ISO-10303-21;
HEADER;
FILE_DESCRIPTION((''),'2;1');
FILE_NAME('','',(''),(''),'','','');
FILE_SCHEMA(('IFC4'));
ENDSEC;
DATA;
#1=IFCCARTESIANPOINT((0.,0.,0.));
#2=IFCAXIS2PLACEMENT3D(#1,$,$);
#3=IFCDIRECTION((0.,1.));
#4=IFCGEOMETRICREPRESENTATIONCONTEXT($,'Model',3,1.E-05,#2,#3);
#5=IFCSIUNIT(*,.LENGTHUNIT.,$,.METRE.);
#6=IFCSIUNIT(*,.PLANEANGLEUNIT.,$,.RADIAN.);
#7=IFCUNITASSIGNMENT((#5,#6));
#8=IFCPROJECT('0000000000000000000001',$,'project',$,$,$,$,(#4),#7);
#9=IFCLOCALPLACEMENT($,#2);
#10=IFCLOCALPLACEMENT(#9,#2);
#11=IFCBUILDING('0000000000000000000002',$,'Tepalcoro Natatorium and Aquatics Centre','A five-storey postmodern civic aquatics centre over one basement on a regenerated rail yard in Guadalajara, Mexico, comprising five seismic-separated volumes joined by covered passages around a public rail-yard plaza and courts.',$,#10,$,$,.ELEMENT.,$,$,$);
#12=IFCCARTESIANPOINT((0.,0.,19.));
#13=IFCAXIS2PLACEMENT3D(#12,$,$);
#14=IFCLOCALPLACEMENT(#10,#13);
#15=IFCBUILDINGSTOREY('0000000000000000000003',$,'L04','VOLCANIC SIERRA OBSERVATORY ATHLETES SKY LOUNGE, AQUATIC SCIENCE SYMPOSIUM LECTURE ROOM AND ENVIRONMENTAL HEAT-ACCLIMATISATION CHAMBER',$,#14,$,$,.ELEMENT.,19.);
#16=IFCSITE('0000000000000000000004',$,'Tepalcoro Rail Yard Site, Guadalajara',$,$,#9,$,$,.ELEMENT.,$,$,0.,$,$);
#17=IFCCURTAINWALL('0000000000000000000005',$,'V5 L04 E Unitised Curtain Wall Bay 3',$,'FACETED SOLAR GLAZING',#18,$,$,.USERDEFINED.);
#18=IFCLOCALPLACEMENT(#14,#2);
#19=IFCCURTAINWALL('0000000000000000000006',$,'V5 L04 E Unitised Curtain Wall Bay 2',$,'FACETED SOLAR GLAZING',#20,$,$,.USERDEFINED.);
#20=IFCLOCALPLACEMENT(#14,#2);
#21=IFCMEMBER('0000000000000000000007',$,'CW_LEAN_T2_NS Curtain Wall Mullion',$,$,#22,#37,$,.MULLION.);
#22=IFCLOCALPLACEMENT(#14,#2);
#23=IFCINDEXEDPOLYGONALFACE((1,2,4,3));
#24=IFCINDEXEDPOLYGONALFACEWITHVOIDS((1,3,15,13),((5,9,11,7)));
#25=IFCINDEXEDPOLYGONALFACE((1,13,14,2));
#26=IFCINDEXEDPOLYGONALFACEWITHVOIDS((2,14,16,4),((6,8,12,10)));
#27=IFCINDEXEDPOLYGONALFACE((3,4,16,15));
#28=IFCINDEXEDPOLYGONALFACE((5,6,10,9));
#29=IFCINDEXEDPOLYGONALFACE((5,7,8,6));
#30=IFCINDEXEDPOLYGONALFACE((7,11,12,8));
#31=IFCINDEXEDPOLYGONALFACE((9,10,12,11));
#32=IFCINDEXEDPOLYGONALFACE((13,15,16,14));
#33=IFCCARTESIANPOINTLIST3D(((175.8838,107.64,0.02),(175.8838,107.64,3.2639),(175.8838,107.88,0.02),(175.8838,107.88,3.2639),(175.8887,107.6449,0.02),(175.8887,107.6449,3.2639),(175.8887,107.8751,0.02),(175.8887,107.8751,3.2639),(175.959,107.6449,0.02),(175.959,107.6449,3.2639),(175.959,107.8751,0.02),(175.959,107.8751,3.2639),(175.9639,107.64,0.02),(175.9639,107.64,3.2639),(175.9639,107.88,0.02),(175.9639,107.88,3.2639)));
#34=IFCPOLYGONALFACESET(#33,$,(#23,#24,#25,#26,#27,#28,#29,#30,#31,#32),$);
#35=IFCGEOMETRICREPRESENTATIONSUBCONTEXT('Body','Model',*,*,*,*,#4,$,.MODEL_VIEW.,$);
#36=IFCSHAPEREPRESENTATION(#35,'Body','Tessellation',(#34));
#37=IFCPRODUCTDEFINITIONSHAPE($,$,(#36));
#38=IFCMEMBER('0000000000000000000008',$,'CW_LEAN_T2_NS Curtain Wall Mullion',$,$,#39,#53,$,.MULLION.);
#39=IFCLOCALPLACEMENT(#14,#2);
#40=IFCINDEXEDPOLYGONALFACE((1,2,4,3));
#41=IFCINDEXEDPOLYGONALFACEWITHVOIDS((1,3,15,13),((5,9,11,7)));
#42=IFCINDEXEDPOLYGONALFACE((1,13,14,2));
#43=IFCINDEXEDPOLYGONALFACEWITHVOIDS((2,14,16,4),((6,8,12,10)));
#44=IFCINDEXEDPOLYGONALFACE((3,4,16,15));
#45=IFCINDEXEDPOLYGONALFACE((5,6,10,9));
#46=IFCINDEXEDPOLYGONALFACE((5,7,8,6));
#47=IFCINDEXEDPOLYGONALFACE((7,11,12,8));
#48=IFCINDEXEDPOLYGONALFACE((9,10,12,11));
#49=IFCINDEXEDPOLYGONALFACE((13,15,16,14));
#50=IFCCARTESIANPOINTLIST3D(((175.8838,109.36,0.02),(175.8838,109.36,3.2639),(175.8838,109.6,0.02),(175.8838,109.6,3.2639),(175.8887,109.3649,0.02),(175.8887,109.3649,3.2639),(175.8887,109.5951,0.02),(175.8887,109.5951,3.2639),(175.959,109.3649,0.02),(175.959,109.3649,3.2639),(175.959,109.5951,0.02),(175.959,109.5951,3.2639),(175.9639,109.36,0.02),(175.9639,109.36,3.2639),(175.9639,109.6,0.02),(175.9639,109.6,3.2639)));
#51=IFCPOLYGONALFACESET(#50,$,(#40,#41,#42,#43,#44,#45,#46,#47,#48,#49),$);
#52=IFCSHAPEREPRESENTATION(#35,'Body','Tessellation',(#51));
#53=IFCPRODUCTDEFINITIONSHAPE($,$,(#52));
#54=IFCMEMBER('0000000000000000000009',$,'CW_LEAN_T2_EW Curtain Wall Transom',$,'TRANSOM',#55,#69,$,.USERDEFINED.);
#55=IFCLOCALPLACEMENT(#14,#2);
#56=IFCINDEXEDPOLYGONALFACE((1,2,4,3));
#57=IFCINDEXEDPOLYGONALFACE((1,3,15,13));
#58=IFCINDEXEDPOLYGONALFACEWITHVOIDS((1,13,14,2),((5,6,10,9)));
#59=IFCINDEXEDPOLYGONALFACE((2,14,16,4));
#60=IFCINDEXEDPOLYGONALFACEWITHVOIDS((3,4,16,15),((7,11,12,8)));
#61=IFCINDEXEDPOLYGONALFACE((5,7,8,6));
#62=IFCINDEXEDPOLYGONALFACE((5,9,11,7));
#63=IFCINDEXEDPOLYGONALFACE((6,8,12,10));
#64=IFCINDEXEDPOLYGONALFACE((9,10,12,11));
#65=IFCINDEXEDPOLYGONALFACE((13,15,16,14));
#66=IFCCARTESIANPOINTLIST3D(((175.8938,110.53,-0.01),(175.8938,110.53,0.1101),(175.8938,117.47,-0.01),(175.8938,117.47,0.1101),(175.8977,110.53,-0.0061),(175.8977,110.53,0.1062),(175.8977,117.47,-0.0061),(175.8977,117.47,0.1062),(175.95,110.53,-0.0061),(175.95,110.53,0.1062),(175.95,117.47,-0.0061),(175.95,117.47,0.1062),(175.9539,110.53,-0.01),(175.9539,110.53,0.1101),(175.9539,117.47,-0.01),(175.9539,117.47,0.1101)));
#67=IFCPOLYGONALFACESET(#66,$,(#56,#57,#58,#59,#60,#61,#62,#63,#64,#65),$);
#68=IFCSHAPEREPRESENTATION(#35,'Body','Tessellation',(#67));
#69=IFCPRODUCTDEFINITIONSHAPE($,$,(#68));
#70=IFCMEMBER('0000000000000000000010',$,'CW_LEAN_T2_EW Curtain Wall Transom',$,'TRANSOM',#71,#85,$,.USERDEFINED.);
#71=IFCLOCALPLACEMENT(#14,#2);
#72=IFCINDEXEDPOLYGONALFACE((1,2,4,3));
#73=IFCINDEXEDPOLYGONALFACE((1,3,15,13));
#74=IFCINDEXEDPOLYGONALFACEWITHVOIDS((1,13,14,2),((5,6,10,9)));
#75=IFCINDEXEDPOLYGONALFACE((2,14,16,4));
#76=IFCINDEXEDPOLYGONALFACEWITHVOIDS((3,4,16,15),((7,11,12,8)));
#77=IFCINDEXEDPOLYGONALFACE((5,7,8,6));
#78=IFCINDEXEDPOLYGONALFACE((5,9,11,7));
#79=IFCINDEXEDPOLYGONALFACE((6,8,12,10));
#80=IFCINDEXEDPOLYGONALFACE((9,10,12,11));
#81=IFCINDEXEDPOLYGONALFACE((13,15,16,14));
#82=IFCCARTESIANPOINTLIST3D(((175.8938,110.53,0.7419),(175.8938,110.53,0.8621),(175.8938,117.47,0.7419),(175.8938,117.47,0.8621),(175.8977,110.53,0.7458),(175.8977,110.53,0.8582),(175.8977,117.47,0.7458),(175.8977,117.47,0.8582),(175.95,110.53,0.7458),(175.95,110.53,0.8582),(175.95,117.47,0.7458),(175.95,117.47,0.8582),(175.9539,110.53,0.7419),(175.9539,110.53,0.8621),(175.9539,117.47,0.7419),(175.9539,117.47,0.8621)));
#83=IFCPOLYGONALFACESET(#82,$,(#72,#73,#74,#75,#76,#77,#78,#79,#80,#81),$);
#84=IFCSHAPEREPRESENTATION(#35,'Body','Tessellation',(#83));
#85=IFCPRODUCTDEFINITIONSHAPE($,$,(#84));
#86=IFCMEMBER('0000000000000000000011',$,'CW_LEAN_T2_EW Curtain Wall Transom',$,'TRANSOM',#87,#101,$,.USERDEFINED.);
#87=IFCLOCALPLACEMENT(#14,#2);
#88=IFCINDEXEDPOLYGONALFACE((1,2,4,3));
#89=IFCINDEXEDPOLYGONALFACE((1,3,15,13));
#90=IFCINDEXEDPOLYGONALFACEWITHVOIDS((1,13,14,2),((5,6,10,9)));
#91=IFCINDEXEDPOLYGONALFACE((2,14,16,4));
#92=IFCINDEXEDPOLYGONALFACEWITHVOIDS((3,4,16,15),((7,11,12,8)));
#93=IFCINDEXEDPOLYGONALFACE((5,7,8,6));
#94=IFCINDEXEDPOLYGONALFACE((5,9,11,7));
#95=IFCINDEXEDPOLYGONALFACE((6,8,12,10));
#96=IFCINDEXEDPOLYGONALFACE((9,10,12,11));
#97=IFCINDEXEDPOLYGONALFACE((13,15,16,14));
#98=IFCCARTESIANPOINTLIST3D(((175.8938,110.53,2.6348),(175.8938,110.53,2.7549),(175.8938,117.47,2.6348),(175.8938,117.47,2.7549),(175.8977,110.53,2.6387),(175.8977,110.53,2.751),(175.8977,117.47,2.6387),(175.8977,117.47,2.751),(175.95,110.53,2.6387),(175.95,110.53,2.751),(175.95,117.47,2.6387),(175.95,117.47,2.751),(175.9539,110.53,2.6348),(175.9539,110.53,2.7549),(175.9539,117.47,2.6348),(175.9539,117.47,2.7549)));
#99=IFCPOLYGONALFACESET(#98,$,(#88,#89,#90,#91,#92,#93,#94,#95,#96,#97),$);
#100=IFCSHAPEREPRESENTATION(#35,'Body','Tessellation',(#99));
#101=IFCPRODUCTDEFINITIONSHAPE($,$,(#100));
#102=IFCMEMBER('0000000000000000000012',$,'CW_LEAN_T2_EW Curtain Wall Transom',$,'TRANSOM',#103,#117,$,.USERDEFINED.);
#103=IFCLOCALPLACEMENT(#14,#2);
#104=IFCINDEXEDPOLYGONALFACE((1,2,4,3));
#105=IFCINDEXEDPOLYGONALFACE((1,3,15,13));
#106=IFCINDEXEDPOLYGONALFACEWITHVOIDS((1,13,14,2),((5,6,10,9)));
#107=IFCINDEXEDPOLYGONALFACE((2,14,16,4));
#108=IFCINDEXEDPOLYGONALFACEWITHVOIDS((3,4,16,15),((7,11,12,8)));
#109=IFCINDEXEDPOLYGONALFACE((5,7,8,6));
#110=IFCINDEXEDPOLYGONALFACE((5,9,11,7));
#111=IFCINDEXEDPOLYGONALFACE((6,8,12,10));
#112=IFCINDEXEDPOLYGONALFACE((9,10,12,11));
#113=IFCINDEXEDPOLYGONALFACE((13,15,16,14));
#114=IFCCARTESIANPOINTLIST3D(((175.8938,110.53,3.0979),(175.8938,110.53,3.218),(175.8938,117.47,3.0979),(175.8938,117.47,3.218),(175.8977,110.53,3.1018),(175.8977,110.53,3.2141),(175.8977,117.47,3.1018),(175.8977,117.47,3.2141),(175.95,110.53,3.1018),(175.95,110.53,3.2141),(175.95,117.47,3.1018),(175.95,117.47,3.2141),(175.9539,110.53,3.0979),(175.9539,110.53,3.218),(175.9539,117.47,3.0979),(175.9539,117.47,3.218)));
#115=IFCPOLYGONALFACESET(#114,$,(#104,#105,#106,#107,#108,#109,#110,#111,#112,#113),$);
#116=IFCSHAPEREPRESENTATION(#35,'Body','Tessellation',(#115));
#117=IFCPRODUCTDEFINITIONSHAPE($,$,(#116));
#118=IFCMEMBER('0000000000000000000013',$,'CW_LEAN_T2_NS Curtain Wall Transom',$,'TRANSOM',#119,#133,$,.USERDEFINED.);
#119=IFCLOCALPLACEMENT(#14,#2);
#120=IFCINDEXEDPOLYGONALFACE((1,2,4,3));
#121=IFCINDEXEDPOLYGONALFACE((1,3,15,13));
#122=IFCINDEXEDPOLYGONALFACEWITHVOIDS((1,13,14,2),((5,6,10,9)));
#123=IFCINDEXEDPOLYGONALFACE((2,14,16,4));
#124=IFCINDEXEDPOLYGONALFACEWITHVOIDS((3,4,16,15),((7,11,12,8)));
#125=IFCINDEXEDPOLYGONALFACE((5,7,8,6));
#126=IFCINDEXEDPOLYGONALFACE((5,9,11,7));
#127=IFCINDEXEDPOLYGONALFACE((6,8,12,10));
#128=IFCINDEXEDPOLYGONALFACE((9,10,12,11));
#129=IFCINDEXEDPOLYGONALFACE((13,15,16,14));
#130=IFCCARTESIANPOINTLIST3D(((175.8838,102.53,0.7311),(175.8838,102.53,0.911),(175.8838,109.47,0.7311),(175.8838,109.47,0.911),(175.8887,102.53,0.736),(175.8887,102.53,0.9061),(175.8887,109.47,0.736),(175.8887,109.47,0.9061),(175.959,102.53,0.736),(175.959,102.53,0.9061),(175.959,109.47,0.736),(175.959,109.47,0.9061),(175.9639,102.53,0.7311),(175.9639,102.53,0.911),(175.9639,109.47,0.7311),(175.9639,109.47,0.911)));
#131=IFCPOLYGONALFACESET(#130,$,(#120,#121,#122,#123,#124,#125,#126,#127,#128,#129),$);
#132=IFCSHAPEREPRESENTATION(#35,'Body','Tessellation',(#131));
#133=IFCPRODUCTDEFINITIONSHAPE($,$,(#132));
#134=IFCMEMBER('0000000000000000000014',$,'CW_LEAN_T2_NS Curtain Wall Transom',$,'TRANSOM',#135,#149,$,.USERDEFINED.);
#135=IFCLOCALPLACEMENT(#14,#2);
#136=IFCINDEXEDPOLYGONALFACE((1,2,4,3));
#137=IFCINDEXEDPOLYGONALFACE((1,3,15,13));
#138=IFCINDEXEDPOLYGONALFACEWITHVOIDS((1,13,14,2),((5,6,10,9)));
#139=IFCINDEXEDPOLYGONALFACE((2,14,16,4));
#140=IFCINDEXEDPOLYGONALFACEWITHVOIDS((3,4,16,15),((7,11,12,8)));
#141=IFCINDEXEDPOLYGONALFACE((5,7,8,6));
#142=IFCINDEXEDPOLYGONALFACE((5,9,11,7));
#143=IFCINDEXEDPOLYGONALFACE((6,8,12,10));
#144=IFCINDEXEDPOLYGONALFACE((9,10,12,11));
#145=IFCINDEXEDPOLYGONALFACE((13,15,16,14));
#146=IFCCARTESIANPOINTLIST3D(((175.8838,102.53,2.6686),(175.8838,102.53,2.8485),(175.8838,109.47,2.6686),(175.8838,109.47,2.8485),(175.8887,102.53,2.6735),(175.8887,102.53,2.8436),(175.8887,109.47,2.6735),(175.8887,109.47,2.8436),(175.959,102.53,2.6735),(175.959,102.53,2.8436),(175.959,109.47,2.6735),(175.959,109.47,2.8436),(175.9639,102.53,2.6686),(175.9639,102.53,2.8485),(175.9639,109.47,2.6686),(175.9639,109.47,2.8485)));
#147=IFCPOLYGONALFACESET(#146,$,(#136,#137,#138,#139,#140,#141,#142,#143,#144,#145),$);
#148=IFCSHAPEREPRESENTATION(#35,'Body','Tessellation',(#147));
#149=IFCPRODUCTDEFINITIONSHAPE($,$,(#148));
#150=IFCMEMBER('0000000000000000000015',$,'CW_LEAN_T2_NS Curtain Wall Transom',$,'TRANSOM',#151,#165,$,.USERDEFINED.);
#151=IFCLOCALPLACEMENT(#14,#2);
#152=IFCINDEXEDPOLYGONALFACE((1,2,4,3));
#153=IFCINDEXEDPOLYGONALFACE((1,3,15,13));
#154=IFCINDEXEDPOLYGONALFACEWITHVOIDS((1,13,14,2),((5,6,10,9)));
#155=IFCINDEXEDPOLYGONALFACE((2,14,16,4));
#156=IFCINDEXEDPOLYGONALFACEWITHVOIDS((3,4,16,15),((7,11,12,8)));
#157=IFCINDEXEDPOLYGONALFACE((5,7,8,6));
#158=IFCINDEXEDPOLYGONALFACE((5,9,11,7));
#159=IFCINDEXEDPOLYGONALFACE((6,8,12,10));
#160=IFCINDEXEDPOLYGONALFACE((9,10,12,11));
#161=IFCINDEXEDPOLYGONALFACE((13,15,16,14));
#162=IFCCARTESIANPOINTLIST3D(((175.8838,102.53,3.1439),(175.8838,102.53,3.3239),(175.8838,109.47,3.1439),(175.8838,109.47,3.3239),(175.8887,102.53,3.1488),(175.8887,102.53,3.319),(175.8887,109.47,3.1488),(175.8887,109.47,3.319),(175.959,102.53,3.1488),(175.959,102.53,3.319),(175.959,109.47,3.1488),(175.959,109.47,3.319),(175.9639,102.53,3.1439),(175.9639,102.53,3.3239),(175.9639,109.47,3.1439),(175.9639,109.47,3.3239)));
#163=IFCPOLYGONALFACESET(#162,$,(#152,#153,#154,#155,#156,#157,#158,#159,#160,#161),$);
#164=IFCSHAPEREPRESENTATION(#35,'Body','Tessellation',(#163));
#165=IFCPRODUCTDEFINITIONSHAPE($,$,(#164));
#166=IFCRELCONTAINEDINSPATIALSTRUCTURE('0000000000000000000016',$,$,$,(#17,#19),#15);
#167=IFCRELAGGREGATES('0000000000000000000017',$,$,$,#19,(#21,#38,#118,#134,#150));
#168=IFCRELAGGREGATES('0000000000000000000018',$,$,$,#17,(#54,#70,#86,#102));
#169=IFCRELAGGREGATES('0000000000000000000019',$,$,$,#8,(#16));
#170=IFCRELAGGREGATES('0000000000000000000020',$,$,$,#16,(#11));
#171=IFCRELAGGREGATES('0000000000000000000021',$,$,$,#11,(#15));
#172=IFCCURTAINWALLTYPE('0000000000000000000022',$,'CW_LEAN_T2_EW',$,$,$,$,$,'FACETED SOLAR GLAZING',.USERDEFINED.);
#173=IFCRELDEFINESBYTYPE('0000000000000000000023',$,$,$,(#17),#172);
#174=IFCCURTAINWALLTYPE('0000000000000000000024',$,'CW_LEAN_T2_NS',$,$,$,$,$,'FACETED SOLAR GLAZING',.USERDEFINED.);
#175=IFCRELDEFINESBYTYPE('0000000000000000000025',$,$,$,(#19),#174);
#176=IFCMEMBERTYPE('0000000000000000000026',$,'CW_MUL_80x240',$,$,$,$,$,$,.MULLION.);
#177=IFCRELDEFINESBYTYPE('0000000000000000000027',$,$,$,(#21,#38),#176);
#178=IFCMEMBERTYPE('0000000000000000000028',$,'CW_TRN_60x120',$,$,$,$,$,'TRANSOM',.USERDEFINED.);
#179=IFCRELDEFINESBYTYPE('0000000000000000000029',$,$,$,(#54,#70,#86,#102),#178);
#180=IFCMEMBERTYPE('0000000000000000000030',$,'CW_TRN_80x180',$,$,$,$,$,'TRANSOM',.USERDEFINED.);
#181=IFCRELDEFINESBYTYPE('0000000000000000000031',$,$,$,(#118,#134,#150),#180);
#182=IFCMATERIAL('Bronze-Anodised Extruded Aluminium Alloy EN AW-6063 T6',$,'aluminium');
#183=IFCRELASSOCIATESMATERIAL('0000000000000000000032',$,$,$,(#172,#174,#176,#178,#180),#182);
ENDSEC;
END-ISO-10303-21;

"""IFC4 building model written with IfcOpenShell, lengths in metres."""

from ifc_helpers import new_model, si_unit, direction, frame, origin, origin_2d, place, context, subcontext, project, spatial, hollow_rectangle, extrude, material, material_profile, profile_set, type_object, element, aggregate, save


model = new_model("IFC4")

# Units and contexts
model_context = context("Model", 3, precision=1e-05, world=origin(), true_north=direction((0.0, 1.0)))
body_context = subcontext(model_context, "Body", "Model", "MODEL_VIEW")
ifc_project = project(units=[si_unit("LENGTHUNIT", "METRE"), si_unit("PLANEANGLEUNIT", "RADIAN")], contexts=[model_context])

# Site, building, storey
site_placement = place(None, origin())
site = spatial("IfcSite", under=ifc_project, at=site_placement, Name="Tepalcoro Rail Yard Site, Guadalajara", CompositionType="ELEMENT", RefElevation=0.0)
building_placement = place(site_placement, origin())
building = spatial("IfcBuilding", under=site, at=building_placement, Name="Tepalcoro Natatorium and Aquatics Centre", Description="A five-storey postmodern civic aquatics centre over one basement on a regenerated rail yard in Guadalajara, Mexico, comprising five seismic-separated volumes joined by covered passages around a public rail-yard plaza and courts.", CompositionType="ELEMENT")
storey_placement = place(building_placement, frame((0.0, 0.0, 19.0)))
storey = spatial("IfcBuildingStorey", under=building, at=storey_placement, Name="L04", Description="VOLCANIC SIERRA OBSERVATORY ATHLETES SKY LOUNGE, AQUATIC SCIENCE SYMPOSIUM LECTURE ROOM AND ENVIRONMENTAL HEAT-ACCLIMATISATION CHAMBER", CompositionType="ELEMENT", Elevation=19.0)

# Curtain wall
ifc_material_1 = material(Name="Bronze-Anodised Extruded Aluminium Alloy EN AW-6063 T6", Category="aluminium")
curtain_wall_type_1 = type_object("IfcCurtainWallType", Name="CW_LEAN_T2_EW", ElementType="FACETED SOLAR GLAZING", PredefinedType="USERDEFINED", material=ifc_material_1)
curtain_wall_1_placement = place(storey_placement, origin())
curtain_wall_1 = element("IfcCurtainWall", 1, at=curtain_wall_1_placement, inside=storey, type_object=curtain_wall_type_1, Name="V5 L04 E Unitised Curtain Wall Bay 3", ObjectType="FACETED SOLAR GLAZING", PredefinedType="USERDEFINED")

# Curtain wall, members
curtain_wall_type_2 = type_object("IfcCurtainWallType", Name="CW_LEAN_T2_NS", ElementType="FACETED SOLAR GLAZING", PredefinedType="USERDEFINED", material=ifc_material_1)
curtain_wall_2_placement = place(storey_placement, origin())
curtain_wall_2 = element("IfcCurtainWall", 2, at=curtain_wall_2_placement, inside=storey, type_object=curtain_wall_type_2, Name="V5 L04 E Unitised Curtain Wall Bay 2", ObjectType="FACETED SOLAR GLAZING", PredefinedType="USERDEFINED")
ifc_material_profile_1 = material_profile(ifc_material_1, hollow_rectangle(XDim=0.0801, YDim=0.24, WallThickness=0.0049, at=origin_2d()), Name="AL80X240X5")
ifc_profile_set_1 = profile_set([ifc_material_profile_1], Name="Bronze-Anodised Extruded Aluminium Alloy EN AW-6063 T6")
member_type_1 = type_object("IfcMemberType", Name="CW_MUL_80x240", PredefinedType="MULLION", material=ifc_profile_set_1)
member_1_placement = place(storey_placement, frame((175.9238, 107.76, 0.02), z_axis=(0.0, 0.0, 1.0), x_axis=(1.0, 0.0, 0.0)))
member_1 = element("IfcMember", 3, at=member_1_placement, type_object=member_type_1, Name="CW_LEAN_T2_NS Curtain Wall Mullion", PredefinedType="MULLION", context=body_context, shape_type="SweptSolid", body=[
    extrude(hollow_rectangle(XDim=0.0801, YDim=0.24, WallThickness=0.0049, at=origin_2d()), origin(), (0.0, 0.0, 1.0), 3.2439),
])
member_2_placement = place(storey_placement, frame((175.9238, 109.48, 0.02), z_axis=(0.0, 0.0, 1.0), x_axis=(1.0, 0.0, 0.0)))
member_2 = element("IfcMember", 4, at=member_2_placement, type_object=member_type_1, Name="CW_LEAN_T2_NS Curtain Wall Mullion", PredefinedType="MULLION", context=body_context, shape_type="SweptSolid", body=[
    extrude(hollow_rectangle(XDim=0.0801, YDim=0.24, WallThickness=0.0049, at=origin_2d()), origin(), (0.0, 0.0, 1.0), 3.2439),
])

# Members
ifc_material_profile_2 = material_profile(ifc_material_1, hollow_rectangle(XDim=0.0601, YDim=0.1201, WallThickness=0.0039, at=origin_2d()), Name="AL60X120X4")
ifc_profile_set_2 = profile_set([ifc_material_profile_2], Name="Bronze-Anodised Extruded Aluminium Alloy EN AW-6063 T6")
member_type_2 = type_object("IfcMemberType", Name="CW_TRN_60x120", ElementType="TRANSOM", PredefinedType="USERDEFINED", material=ifc_profile_set_2)
member_3_placement = place(storey_placement, frame((175.9238, 110.53, 0.05), z_axis=(0.0, 1.0, 0.0), x_axis=(-1.0, 0.0, 0.0)))
member_3 = element("IfcMember", 5, at=member_3_placement, type_object=member_type_2, Name="CW_LEAN_T2_EW Curtain Wall Transom", ObjectType="TRANSOM", PredefinedType="USERDEFINED", context=body_context, shape_type="SweptSolid", body=[
    extrude(hollow_rectangle(XDim=0.0601, YDim=0.1201, WallThickness=0.0039, at=origin_2d()), origin(), (0.0, 0.0, 1.0), 6.9399),
])
member_4_placement = place(storey_placement, frame((175.9238, 110.53, 0.802), z_axis=(0.0, 1.0, 0.0), x_axis=(-1.0, 0.0, 0.0)))
member_4 = element("IfcMember", 6, at=member_4_placement, type_object=member_type_2, Name="CW_LEAN_T2_EW Curtain Wall Transom", ObjectType="TRANSOM", PredefinedType="USERDEFINED", context=body_context, shape_type="SweptSolid", body=[
    extrude(hollow_rectangle(XDim=0.0601, YDim=0.1201, WallThickness=0.0039, at=origin_2d()), origin(), (0.0, 0.0, 1.0), 6.9399),
])
member_5_placement = place(storey_placement, frame((175.9238, 110.53, 2.6948), z_axis=(0.0, 1.0, 0.0), x_axis=(-1.0, 0.0, 0.0)))
member_5 = element("IfcMember", 7, at=member_5_placement, type_object=member_type_2, Name="CW_LEAN_T2_EW Curtain Wall Transom", ObjectType="TRANSOM", PredefinedType="USERDEFINED", context=body_context, shape_type="SweptSolid", body=[
    extrude(hollow_rectangle(XDim=0.0601, YDim=0.1201, WallThickness=0.0039, at=origin_2d()), origin(), (0.0, 0.0, 1.0), 6.9399),
])
member_6_placement = place(storey_placement, frame((175.9238, 110.53, 3.158), z_axis=(0.0, 1.0, 0.0), x_axis=(-1.0, 0.0, 0.0)))
member_6 = element("IfcMember", 8, at=member_6_placement, type_object=member_type_2, Name="CW_LEAN_T2_EW Curtain Wall Transom", ObjectType="TRANSOM", PredefinedType="USERDEFINED", context=body_context, shape_type="SweptSolid", body=[
    extrude(hollow_rectangle(XDim=0.0601, YDim=0.1201, WallThickness=0.0039, at=origin_2d()), origin(), (0.0, 0.0, 1.0), 6.9399),
])
ifc_material_profile_3 = material_profile(ifc_material_1, hollow_rectangle(XDim=0.0801, YDim=0.1799, WallThickness=0.0049, at=origin_2d()), Name="AL80X180X5")
ifc_profile_set_3 = profile_set([ifc_material_profile_3], Name="Bronze-Anodised Extruded Aluminium Alloy EN AW-6063 T6")
member_type_3 = type_object("IfcMemberType", Name="CW_TRN_80x180", ElementType="TRANSOM", PredefinedType="USERDEFINED", material=ifc_profile_set_3)
member_7_placement = place(storey_placement, frame((175.9238, 102.53, 0.821), z_axis=(0.0, 1.0, 0.0), x_axis=(-1.0, 0.0, 0.0)))
member_7 = element("IfcMember", 9, at=member_7_placement, type_object=member_type_3, Name="CW_LEAN_T2_NS Curtain Wall Transom", ObjectType="TRANSOM", PredefinedType="USERDEFINED", context=body_context, shape_type="SweptSolid", body=[
    extrude(hollow_rectangle(XDim=0.0801, YDim=0.1799, WallThickness=0.0049, at=origin_2d()), origin(), (0.0, 0.0, 1.0), 6.9399),
])
member_8_placement = place(storey_placement, frame((175.9238, 102.53, 2.7585), z_axis=(0.0, 1.0, 0.0), x_axis=(-1.0, 0.0, 0.0)))
member_8 = element("IfcMember", 10, at=member_8_placement, type_object=member_type_3, Name="CW_LEAN_T2_NS Curtain Wall Transom", ObjectType="TRANSOM", PredefinedType="USERDEFINED", context=body_context, shape_type="SweptSolid", body=[
    extrude(hollow_rectangle(XDim=0.0801, YDim=0.1799, WallThickness=0.0049, at=origin_2d()), origin(), (0.0, 0.0, 1.0), 6.9399),
])
member_9_placement = place(storey_placement, frame((175.9238, 102.53, 3.2339), z_axis=(0.0, 1.0, 0.0), x_axis=(-1.0, 0.0, 0.0)))
member_9 = element("IfcMember", 11, at=member_9_placement, type_object=member_type_3, Name="CW_LEAN_T2_NS Curtain Wall Transom", ObjectType="TRANSOM", PredefinedType="USERDEFINED", context=body_context, shape_type="SweptSolid", body=[
    extrude(hollow_rectangle(XDim=0.0801, YDim=0.1799, WallThickness=0.0049, at=origin_2d()), origin(), (0.0, 0.0, 1.0), 6.9399),
])

aggregate(curtain_wall_2, [member_1, member_2, member_7, member_8, member_9])
aggregate(curtain_wall_1, [member_3, member_4, member_5, member_6])

save(model, "model.ifc")
